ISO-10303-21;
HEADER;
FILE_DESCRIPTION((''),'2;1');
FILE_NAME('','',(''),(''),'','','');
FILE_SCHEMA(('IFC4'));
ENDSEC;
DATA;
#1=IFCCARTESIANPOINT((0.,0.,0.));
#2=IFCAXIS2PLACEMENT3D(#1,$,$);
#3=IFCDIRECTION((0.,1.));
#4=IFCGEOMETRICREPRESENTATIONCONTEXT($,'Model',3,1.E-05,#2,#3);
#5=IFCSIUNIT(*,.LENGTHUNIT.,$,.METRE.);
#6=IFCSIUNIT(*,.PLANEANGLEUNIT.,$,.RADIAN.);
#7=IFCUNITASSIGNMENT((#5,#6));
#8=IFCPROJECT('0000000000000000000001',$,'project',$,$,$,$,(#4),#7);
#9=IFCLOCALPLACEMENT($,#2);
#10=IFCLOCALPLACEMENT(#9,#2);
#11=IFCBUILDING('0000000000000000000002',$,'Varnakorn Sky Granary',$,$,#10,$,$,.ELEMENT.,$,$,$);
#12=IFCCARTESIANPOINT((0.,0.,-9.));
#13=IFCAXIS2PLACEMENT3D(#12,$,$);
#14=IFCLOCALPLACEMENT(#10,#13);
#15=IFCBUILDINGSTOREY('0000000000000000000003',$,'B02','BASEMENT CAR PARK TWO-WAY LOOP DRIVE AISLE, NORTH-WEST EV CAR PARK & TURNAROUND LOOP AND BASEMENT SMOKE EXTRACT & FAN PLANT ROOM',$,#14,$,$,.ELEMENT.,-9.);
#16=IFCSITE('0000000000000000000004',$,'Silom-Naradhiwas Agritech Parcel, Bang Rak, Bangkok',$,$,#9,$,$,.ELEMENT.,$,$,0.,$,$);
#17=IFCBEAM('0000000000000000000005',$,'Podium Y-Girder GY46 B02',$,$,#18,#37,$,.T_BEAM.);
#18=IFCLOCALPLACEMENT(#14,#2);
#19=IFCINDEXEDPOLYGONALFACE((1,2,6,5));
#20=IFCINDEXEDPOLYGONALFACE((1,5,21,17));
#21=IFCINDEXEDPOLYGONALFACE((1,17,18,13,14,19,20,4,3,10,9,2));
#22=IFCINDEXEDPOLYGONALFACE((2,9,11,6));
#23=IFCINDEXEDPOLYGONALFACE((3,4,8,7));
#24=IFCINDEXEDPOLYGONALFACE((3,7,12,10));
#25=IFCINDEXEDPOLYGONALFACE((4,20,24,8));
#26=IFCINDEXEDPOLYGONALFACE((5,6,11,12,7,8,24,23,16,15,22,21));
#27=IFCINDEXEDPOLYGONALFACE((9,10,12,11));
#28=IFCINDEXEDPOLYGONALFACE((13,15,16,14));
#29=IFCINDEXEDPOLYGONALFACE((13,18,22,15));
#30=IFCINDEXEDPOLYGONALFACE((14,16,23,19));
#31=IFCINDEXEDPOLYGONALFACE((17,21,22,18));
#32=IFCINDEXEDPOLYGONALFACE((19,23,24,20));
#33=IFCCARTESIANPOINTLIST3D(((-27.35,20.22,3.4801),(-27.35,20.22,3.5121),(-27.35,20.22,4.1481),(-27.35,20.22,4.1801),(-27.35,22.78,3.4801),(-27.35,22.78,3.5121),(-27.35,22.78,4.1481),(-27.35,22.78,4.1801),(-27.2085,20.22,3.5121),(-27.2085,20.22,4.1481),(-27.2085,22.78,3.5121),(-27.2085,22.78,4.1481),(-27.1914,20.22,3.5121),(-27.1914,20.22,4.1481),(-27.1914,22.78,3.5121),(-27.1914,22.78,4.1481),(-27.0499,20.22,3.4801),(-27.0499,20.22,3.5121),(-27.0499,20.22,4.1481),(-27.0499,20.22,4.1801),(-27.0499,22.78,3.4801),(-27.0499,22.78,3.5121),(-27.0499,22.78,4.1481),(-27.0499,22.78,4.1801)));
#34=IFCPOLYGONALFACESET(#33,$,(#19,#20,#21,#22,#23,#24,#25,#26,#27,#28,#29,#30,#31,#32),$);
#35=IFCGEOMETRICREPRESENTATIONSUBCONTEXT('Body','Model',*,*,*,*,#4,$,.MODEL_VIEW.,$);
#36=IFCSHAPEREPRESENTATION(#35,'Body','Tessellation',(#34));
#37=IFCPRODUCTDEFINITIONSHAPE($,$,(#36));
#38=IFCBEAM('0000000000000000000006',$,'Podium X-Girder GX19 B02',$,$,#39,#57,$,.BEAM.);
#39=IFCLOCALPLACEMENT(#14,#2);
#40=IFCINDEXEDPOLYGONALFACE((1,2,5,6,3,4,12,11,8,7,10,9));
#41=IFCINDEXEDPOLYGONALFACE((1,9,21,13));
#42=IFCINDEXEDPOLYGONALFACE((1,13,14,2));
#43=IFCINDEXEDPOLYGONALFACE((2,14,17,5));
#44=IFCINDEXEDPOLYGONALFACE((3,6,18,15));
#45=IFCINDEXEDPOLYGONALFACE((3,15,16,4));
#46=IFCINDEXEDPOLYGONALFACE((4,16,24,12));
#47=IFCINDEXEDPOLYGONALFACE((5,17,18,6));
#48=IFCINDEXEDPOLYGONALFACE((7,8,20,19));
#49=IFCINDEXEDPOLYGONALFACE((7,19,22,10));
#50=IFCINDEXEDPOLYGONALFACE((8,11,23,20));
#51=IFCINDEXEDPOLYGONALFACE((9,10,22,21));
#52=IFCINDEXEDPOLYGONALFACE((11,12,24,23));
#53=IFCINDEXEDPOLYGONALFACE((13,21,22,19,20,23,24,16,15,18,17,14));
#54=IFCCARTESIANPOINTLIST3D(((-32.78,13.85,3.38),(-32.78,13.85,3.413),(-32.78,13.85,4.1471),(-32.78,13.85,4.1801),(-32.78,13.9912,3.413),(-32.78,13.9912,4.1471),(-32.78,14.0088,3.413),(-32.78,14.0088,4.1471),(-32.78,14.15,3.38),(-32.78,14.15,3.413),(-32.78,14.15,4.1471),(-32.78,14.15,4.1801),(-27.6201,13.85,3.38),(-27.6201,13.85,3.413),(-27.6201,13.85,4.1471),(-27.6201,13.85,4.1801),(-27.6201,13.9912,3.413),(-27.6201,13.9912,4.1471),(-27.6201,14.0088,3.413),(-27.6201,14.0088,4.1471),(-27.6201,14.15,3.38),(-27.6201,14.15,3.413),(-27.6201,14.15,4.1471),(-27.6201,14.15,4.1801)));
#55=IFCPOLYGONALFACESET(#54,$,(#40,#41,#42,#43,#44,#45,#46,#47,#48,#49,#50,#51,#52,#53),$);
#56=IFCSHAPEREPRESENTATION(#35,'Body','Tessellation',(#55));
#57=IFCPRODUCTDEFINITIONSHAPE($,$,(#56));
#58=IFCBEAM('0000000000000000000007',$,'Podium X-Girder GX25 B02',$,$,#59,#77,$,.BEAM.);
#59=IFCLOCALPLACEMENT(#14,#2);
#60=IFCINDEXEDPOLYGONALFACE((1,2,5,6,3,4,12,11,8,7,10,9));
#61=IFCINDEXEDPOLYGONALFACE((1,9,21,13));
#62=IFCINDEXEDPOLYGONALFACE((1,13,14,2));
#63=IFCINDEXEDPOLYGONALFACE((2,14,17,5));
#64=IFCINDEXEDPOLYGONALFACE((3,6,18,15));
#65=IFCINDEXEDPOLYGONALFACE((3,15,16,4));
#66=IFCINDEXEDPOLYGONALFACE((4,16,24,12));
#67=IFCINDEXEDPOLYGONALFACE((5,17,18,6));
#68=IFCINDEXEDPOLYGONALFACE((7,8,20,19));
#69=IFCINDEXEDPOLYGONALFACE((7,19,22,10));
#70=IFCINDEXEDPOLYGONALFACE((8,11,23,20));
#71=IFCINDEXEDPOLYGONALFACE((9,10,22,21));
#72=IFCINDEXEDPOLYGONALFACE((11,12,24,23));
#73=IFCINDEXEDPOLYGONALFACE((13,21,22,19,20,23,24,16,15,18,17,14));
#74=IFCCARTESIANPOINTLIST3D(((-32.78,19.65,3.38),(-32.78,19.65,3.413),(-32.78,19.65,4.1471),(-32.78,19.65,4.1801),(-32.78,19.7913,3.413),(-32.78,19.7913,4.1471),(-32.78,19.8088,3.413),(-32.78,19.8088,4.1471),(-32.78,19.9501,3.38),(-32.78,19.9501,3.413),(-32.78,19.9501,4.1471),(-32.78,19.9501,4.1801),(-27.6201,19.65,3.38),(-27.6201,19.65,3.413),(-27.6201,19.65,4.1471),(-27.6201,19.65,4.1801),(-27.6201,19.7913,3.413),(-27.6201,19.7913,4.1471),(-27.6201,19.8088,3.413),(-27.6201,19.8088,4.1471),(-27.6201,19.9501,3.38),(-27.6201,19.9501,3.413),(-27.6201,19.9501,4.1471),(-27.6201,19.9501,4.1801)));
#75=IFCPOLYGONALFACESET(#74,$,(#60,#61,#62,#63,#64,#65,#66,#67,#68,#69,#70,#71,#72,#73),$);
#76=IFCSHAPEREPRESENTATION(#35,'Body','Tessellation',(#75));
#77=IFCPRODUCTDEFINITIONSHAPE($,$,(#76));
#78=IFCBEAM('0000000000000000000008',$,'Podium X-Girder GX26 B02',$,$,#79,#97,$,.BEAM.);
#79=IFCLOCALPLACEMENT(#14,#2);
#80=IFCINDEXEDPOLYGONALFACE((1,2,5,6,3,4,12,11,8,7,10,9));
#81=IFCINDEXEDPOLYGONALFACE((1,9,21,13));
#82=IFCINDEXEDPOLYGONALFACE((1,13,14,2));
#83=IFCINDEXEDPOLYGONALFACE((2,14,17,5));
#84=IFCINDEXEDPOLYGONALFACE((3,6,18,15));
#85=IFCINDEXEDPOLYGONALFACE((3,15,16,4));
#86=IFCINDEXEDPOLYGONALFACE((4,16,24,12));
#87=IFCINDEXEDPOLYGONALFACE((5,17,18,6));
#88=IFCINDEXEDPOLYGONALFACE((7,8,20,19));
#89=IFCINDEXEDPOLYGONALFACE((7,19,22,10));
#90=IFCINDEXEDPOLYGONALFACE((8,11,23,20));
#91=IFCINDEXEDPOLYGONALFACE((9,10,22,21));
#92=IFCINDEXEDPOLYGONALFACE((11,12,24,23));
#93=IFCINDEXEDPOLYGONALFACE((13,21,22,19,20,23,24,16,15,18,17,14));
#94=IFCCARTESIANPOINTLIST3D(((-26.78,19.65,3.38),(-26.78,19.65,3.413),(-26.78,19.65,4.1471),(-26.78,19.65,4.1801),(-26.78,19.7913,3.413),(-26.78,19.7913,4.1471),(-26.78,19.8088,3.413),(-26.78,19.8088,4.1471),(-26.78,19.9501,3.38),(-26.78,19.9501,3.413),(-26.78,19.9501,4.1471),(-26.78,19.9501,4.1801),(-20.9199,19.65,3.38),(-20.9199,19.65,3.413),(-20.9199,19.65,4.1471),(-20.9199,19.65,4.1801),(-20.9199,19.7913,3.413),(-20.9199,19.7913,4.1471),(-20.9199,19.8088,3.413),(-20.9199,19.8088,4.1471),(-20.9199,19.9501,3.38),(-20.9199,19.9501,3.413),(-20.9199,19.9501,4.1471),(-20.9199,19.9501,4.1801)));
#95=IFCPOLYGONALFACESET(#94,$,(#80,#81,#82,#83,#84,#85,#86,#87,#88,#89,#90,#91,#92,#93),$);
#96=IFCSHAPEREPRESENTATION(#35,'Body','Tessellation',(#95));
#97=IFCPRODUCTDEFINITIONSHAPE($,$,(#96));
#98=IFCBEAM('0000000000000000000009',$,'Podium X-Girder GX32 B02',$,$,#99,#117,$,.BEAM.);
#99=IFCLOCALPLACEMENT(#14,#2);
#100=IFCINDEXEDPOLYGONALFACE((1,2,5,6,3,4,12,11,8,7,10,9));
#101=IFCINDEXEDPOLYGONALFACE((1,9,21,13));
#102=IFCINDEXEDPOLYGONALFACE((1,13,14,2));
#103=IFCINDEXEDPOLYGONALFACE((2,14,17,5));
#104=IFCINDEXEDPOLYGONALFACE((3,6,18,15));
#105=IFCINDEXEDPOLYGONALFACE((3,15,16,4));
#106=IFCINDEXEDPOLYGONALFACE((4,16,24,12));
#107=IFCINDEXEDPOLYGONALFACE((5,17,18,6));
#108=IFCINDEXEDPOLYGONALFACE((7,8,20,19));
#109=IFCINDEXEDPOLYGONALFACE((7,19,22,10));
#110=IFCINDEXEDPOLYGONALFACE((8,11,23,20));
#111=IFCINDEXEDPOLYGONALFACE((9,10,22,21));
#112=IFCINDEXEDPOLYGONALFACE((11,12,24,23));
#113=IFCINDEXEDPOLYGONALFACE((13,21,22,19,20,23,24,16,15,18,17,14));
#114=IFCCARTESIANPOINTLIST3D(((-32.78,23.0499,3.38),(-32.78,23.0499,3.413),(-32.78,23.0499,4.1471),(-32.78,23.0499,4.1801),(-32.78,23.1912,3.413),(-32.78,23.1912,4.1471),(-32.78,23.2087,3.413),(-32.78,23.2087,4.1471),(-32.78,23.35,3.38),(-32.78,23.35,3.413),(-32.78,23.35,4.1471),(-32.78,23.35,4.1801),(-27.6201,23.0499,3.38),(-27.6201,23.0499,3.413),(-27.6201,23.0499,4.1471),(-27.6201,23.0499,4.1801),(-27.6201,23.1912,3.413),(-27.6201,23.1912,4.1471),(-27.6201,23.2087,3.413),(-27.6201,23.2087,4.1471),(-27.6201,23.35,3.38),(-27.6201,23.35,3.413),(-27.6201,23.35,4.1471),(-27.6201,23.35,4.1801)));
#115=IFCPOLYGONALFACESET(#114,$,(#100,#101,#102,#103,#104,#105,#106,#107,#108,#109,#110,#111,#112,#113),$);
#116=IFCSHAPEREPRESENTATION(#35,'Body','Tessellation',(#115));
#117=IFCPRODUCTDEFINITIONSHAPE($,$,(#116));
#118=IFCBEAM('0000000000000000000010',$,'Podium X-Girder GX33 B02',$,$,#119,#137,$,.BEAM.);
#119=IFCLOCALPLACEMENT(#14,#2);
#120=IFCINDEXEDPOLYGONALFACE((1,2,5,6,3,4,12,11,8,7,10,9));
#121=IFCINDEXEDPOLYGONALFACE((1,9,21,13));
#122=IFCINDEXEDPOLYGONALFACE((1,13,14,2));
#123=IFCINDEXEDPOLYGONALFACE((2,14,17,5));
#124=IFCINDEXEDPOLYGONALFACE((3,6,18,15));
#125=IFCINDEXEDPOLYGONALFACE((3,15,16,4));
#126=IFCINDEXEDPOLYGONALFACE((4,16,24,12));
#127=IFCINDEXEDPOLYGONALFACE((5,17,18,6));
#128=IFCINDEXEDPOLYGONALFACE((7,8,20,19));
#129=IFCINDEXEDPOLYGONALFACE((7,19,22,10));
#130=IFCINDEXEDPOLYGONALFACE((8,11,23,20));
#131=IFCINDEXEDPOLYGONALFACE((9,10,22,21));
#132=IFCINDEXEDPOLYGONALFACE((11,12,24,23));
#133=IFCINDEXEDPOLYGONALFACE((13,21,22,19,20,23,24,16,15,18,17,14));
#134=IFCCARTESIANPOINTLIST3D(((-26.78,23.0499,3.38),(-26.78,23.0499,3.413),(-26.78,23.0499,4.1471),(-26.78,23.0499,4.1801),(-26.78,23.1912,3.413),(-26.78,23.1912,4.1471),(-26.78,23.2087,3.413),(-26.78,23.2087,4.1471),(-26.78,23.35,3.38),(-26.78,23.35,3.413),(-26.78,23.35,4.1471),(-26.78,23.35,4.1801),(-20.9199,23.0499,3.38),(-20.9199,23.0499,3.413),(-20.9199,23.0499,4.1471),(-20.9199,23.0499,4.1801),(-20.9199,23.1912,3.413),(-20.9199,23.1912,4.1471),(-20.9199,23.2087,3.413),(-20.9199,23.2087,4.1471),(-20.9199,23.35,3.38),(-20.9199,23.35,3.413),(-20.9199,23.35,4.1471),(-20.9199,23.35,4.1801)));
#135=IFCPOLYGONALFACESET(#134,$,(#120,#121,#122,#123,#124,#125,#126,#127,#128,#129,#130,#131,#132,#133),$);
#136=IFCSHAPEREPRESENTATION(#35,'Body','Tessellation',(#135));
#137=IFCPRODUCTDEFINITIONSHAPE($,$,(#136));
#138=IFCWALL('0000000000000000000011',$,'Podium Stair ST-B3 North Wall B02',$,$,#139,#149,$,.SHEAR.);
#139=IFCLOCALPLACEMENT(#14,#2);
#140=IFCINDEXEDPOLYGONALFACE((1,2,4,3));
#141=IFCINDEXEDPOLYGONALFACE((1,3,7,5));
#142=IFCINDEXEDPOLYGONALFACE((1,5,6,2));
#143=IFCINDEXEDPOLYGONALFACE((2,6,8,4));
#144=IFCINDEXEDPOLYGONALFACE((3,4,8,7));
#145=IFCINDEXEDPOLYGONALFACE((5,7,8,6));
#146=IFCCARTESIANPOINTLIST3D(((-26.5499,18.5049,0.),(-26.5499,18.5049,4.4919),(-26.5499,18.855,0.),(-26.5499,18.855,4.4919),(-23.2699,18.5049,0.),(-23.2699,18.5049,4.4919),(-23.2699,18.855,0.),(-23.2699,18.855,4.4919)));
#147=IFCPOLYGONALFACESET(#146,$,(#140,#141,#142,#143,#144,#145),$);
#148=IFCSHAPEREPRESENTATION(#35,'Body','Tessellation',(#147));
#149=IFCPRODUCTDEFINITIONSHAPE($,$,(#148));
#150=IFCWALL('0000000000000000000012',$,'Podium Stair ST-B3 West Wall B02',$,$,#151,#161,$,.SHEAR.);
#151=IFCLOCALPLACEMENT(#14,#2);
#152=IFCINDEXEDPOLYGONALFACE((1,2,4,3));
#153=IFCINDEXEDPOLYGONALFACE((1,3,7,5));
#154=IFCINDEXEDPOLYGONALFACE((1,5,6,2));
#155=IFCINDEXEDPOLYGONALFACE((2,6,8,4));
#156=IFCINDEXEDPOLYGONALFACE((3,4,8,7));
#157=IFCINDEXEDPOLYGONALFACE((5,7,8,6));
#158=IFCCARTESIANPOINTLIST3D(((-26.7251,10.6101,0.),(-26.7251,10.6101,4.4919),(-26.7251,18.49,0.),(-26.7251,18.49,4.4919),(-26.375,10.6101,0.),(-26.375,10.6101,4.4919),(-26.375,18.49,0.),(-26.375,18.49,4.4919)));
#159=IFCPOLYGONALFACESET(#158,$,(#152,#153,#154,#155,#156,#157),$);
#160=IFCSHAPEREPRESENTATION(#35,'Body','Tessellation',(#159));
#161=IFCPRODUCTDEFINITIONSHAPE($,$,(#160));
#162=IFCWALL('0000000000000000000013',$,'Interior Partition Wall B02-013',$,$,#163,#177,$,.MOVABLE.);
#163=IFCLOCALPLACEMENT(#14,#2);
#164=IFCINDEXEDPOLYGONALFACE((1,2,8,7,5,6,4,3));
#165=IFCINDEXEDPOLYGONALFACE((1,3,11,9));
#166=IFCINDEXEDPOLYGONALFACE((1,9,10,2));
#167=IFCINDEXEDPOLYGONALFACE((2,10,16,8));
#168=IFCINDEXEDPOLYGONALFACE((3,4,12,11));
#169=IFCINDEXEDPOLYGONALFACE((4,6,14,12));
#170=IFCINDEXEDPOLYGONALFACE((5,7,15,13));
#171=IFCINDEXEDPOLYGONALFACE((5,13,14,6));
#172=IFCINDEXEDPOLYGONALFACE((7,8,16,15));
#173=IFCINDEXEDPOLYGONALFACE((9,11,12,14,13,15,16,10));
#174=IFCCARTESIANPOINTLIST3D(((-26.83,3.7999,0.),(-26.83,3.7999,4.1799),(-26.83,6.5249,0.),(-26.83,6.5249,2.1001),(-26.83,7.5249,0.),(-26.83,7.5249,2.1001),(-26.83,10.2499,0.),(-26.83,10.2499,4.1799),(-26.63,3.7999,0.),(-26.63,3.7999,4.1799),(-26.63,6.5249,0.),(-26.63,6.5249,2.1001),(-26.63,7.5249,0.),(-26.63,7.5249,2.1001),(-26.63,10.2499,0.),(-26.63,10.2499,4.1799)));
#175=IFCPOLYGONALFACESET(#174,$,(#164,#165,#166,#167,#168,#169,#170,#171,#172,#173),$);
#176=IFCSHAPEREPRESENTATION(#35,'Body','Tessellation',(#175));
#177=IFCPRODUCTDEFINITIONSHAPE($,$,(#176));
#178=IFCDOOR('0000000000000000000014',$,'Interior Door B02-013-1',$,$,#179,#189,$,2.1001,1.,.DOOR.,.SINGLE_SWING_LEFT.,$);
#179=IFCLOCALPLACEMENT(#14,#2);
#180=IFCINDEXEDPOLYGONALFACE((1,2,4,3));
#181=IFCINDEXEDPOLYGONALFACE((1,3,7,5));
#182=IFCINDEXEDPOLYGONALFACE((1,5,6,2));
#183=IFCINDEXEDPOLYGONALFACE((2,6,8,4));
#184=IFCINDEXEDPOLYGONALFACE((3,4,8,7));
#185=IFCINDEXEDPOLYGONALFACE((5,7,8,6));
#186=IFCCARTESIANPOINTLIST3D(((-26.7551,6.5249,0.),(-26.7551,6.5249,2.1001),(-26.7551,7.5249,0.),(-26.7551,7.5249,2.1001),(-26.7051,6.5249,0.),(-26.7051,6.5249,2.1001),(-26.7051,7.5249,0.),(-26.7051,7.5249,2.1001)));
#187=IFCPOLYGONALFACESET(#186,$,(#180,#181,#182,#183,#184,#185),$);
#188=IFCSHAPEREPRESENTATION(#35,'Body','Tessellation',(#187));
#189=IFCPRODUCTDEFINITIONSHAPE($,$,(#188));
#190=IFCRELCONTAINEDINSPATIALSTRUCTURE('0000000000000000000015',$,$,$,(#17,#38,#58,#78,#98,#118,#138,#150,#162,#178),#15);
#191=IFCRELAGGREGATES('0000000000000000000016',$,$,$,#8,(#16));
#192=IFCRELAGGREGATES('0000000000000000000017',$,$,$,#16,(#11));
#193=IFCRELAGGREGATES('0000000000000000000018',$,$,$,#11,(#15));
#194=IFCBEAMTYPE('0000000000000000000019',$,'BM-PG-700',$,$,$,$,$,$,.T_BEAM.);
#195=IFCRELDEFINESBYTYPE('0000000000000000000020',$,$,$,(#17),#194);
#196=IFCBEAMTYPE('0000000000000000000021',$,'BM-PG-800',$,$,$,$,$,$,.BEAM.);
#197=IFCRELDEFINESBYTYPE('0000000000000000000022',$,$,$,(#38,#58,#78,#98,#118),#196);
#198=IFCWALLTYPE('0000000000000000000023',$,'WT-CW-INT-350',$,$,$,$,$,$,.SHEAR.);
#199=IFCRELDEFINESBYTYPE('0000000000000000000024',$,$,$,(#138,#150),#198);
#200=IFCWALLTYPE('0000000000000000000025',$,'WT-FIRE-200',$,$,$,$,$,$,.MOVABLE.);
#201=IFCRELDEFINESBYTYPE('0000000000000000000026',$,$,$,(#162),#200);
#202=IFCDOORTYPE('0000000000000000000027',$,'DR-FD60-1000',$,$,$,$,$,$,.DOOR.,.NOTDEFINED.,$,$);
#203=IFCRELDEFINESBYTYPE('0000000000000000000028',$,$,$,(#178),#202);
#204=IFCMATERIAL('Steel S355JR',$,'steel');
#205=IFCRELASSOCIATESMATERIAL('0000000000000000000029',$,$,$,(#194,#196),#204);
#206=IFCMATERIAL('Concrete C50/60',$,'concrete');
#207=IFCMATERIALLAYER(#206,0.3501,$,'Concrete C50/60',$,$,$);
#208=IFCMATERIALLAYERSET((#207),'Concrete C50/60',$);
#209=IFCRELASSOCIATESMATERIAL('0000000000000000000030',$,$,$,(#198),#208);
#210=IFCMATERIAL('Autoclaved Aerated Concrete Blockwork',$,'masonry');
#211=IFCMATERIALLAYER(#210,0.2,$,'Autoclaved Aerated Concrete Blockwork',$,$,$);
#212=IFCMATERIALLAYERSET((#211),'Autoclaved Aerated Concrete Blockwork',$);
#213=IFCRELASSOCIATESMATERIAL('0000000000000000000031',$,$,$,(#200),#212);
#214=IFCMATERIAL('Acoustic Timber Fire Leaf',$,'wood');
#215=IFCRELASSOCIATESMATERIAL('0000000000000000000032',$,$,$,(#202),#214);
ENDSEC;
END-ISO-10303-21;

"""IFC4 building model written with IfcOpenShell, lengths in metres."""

from ifc_helpers import new_model, si_unit, direction, frame, frame_2d, origin, origin_2d, place, context, subcontext, project, spatial, rectangle, i_section, extrude, material, layer, layer_set, material_profile, profile_set, type_object, element, fill, save


model = new_model("IFC4")

# Units and contexts
model_context = context("Model", 3, precision=1e-05, world=origin(), true_north=direction((0.0, 1.0)))
body_context = subcontext(model_context, "Body", "Model", "MODEL_VIEW")
ifc_project = project(units=[si_unit("LENGTHUNIT", "METRE"), si_unit("PLANEANGLEUNIT", "RADIAN")], contexts=[model_context])

# Site, building, storey
site_placement = place(None, origin())
site = spatial("IfcSite", under=ifc_project, at=site_placement, Name="Silom-Naradhiwas Agritech Parcel, Bang Rak, Bangkok", CompositionType="ELEMENT", RefElevation=0.0)
building_placement = place(site_placement, origin())
building = spatial("IfcBuilding", under=site, at=building_placement, Name="Varnakorn Sky Granary", CompositionType="ELEMENT")
storey_placement = place(building_placement, frame((0.0, 0.0, -9.0)))
storey = spatial("IfcBuildingStorey", under=building, at=storey_placement, Name="B02", Description="BASEMENT CAR PARK TWO-WAY LOOP DRIVE AISLE, NORTH-WEST EV CAR PARK & TURNAROUND LOOP AND BASEMENT SMOKE EXTRACT & FAN PLANT ROOM", CompositionType="ELEMENT", Elevation=-9.0)

# Beams
ifc_material_1 = material(Name="Steel S355JR", Category="steel")
ifc_material_profile_1 = material_profile(ifc_material_1, i_section(OverallWidth=0.3, OverallDepth=0.7, WebThickness=0.0171, FlangeThickness=0.032, at=origin_2d()), Name="HE 700 B")
ifc_profile_set_1 = profile_set([ifc_material_profile_1], Name="Steel S355JR")
beam_type_1 = type_object("IfcBeamType", Name="BM-PG-700", PredefinedType="T_BEAM", material=ifc_profile_set_1)
beam_1_placement = place(storey_placement, frame((-27.2, 20.22, 3.8301), z_axis=(0.0, 1.0, 0.0), x_axis=(-1.0, 0.0, 0.0)))
element("IfcBeam", 1, at=beam_1_placement, inside=storey, type_object=beam_type_1, Name="Podium Y-Girder GY46 B02", PredefinedType="T_BEAM", context=body_context, shape_type="SweptSolid", body=[
    extrude(i_section(OverallWidth=0.3, OverallDepth=0.7, WebThickness=0.0171, FlangeThickness=0.032, at=origin_2d()), origin(), (0.0, 0.0, 1.0), 2.5601),
])
ifc_material_profile_2 = material_profile(ifc_material_1, i_section(OverallWidth=0.3, OverallDepth=0.8, WebThickness=0.0176, FlangeThickness=0.033, at=origin_2d()), Name="HE 800 B")
ifc_profile_set_2 = profile_set([ifc_material_profile_2], Name="Steel S355JR")
beam_type_2 = type_object("IfcBeamType", Name="BM-PG-800", PredefinedType="BEAM", material=ifc_profile_set_2)
for number, where, z_axis, x_axis, name in (
    (2, (-32.78, 14.0, 3.78), (1.0, 0.0, 0.0), (0.0, 1.0, 0.0), "Podium X-Girder GX19 B02"),
    (3, (-32.78, 19.8, 3.78), (1.0, 0.0, 0.0), (0.0, 1.0, 0.0), "Podium X-Girder GX25 B02"),
):
    element("IfcBeam", number, at=place(storey_placement, frame(where, z_axis=z_axis, x_axis=x_axis)), inside=storey, type_object=beam_type_2, Name=name, PredefinedType="BEAM", context=body_context, shape_type="SweptSolid", body=[
        extrude(i_section(OverallWidth=0.3, OverallDepth=0.8, WebThickness=0.0176, FlangeThickness=0.033, at=origin_2d()), origin(), (0.0, 0.0, 1.0), 5.1599),
    ])
beam_2_placement = place(storey_placement, frame((-26.78, 19.8, 3.78), z_axis=(1.0, 0.0, 0.0), x_axis=(0.0, 1.0, 0.0)))
element("IfcBeam", 4, at=beam_2_placement, inside=storey, type_object=beam_type_2, Name="Podium X-Girder GX26 B02", PredefinedType="BEAM", context=body_context, shape_type="SweptSolid", body=[
    extrude(i_section(OverallWidth=0.3, OverallDepth=0.8, WebThickness=0.0176, FlangeThickness=0.033, at=origin_2d()), origin(), (0.0, 0.0, 1.0), 5.8601),
])
beam_3_placement = place(storey_placement, frame((-32.78, 23.2, 3.78), z_axis=(1.0, 0.0, 0.0), x_axis=(0.0, 1.0, 0.0)))
element("IfcBeam", 5, at=beam_3_placement, inside=storey, type_object=beam_type_2, Name="Podium X-Girder GX32 B02", PredefinedType="BEAM", context=body_context, shape_type="SweptSolid", body=[
    extrude(i_section(OverallWidth=0.3, OverallDepth=0.8, WebThickness=0.0176, FlangeThickness=0.033, at=origin_2d()), origin(), (0.0, 0.0, 1.0), 5.1599),
])
beam_4_placement = place(storey_placement, frame((-26.78, 23.2, 3.78), z_axis=(1.0, 0.0, 0.0), x_axis=(0.0, 1.0, 0.0)))
element("IfcBeam", 6, at=beam_4_placement, inside=storey, type_object=beam_type_2, Name="Podium X-Girder GX33 B02", PredefinedType="BEAM", context=body_context, shape_type="SweptSolid", body=[
    extrude(i_section(OverallWidth=0.3, OverallDepth=0.8, WebThickness=0.0176, FlangeThickness=0.033, at=origin_2d()), origin(), (0.0, 0.0, 1.0), 5.8601),
])

# Shared definitions
ifc_material_2 = material(Name="Concrete C50/60", Category="concrete")
ifc_layer_1 = layer(ifc_material_2, 0.3501, Name="Concrete C50/60")
ifc_layer_set_1 = layer_set([ifc_layer_1], Name="Concrete C50/60")
wall_type_1 = type_object("IfcWallType", Name="WT-CW-INT-350", PredefinedType="SHEAR", material=ifc_layer_set_1)

# Walls
wall_1_placement = place(storey_placement, frame((-26.55, 18.6799, 0.0), z_axis=(0.0, 0.0, 1.0), x_axis=(1.0, 0.0, 0.0)))
element("IfcWall", 7, at=wall_1_placement, inside=storey, type_object=wall_type_1, Name="Podium Stair ST-B3 North Wall B02", PredefinedType="SHEAR", context=body_context, shape_type="SweptSolid", body=[
    extrude(rectangle(XDim=3.28, YDim=0.3501, at=frame_2d((1.6401, 0.0))), origin(), (0.0, 0.0, 1.0), 4.4919),
])
wall_2_placement = place(storey_placement, frame((-26.55, 10.6101, 0.0), z_axis=(0.0, 0.0, 1.0), x_axis=(0.0, 1.0, 0.0)))
element("IfcWall", 8, at=wall_2_placement, inside=storey, type_object=wall_type_1, Name="Podium Stair ST-B3 West Wall B02", PredefinedType="SHEAR", context=body_context, shape_type="SweptSolid", body=[
    extrude(rectangle(XDim=7.8799, YDim=0.3501, at=frame_2d((3.9399, 0.0))), origin(), (0.0, 0.0, 1.0), 4.4919),
])

# Wall, opening, door
ifc_material_3 = material(Name="Autoclaved Aerated Concrete Blockwork", Category="masonry")
ifc_layer_2 = layer(ifc_material_3, 0.2, Name="Autoclaved Aerated Concrete Blockwork")
ifc_layer_set_2 = layer_set([ifc_layer_2], Name="Autoclaved Aerated Concrete Blockwork")
wall_type_2 = type_object("IfcWallType", Name="WT-FIRE-200", PredefinedType="MOVABLE", material=ifc_layer_set_2)
wall_3_placement = place(storey_placement, frame((-26.73, 10.25, 0.0), z_axis=(0.0, 0.0, 1.0), x_axis=(0.0, -1.0, 0.0)))
wall_3 = element("IfcWall", 9, at=wall_3_placement, inside=storey, type_object=wall_type_2, Name="Interior Partition Wall B02-013", PredefinedType="MOVABLE", context=body_context, shape_type="SweptSolid", body=[
    extrude(rectangle(XDim=6.45, YDim=0.2, at=frame_2d((3.2251, 0.0))), origin(), (0.0, 0.0, 1.0), 4.1799),
])
opening_1_placement = place(wall_3_placement, frame((2.7251, 0.0, 0.0)))
opening_1 = element("IfcOpeningElement", 10, at=opening_1_placement, cuts=wall_3, PredefinedType="OPENING", context=body_context, shape_type="SweptSolid", body=[
    extrude(rectangle(XDim=1.0, YDim=2.1001, at=frame_2d((0.5, 1.05))), frame((0.0, 0.1099, 0.0), z_axis=(0.0, -1.0, 0.0), x_axis=(1.0, 0.0, 0.0)), (0.0, 0.0, 1.0), 0.22),
])
ifc_material_4 = material(Name="Acoustic Timber Fire Leaf", Category="wood")
door_type_1 = type_object("IfcDoorType", Name="DR-FD60-1000", OperationType="NOTDEFINED", PredefinedType="DOOR", material=ifc_material_4)
door_1_placement = place(opening_1_placement, origin())
door_1 = element("IfcDoor", 11, at=door_1_placement, inside=storey, type_object=door_type_1, Name="Interior Door B02-013-1", OperationType="SINGLE_SWING_LEFT", OverallHeight=2.1001, OverallWidth=1.0, PredefinedType="DOOR", context=body_context, shape_type="SweptSolid", body=[
    extrude(rectangle(XDim=1.0, YDim=2.1001, at=frame_2d((0.5, 1.05))), frame((0.0, 0.0249, 0.0), z_axis=(0.0, -1.0, 0.0), x_axis=(1.0, 0.0, 0.0)), (0.0, 0.0, 1.0), 0.05),
])
fill(opening_1, door_1)

save(model, "model.ifc")
